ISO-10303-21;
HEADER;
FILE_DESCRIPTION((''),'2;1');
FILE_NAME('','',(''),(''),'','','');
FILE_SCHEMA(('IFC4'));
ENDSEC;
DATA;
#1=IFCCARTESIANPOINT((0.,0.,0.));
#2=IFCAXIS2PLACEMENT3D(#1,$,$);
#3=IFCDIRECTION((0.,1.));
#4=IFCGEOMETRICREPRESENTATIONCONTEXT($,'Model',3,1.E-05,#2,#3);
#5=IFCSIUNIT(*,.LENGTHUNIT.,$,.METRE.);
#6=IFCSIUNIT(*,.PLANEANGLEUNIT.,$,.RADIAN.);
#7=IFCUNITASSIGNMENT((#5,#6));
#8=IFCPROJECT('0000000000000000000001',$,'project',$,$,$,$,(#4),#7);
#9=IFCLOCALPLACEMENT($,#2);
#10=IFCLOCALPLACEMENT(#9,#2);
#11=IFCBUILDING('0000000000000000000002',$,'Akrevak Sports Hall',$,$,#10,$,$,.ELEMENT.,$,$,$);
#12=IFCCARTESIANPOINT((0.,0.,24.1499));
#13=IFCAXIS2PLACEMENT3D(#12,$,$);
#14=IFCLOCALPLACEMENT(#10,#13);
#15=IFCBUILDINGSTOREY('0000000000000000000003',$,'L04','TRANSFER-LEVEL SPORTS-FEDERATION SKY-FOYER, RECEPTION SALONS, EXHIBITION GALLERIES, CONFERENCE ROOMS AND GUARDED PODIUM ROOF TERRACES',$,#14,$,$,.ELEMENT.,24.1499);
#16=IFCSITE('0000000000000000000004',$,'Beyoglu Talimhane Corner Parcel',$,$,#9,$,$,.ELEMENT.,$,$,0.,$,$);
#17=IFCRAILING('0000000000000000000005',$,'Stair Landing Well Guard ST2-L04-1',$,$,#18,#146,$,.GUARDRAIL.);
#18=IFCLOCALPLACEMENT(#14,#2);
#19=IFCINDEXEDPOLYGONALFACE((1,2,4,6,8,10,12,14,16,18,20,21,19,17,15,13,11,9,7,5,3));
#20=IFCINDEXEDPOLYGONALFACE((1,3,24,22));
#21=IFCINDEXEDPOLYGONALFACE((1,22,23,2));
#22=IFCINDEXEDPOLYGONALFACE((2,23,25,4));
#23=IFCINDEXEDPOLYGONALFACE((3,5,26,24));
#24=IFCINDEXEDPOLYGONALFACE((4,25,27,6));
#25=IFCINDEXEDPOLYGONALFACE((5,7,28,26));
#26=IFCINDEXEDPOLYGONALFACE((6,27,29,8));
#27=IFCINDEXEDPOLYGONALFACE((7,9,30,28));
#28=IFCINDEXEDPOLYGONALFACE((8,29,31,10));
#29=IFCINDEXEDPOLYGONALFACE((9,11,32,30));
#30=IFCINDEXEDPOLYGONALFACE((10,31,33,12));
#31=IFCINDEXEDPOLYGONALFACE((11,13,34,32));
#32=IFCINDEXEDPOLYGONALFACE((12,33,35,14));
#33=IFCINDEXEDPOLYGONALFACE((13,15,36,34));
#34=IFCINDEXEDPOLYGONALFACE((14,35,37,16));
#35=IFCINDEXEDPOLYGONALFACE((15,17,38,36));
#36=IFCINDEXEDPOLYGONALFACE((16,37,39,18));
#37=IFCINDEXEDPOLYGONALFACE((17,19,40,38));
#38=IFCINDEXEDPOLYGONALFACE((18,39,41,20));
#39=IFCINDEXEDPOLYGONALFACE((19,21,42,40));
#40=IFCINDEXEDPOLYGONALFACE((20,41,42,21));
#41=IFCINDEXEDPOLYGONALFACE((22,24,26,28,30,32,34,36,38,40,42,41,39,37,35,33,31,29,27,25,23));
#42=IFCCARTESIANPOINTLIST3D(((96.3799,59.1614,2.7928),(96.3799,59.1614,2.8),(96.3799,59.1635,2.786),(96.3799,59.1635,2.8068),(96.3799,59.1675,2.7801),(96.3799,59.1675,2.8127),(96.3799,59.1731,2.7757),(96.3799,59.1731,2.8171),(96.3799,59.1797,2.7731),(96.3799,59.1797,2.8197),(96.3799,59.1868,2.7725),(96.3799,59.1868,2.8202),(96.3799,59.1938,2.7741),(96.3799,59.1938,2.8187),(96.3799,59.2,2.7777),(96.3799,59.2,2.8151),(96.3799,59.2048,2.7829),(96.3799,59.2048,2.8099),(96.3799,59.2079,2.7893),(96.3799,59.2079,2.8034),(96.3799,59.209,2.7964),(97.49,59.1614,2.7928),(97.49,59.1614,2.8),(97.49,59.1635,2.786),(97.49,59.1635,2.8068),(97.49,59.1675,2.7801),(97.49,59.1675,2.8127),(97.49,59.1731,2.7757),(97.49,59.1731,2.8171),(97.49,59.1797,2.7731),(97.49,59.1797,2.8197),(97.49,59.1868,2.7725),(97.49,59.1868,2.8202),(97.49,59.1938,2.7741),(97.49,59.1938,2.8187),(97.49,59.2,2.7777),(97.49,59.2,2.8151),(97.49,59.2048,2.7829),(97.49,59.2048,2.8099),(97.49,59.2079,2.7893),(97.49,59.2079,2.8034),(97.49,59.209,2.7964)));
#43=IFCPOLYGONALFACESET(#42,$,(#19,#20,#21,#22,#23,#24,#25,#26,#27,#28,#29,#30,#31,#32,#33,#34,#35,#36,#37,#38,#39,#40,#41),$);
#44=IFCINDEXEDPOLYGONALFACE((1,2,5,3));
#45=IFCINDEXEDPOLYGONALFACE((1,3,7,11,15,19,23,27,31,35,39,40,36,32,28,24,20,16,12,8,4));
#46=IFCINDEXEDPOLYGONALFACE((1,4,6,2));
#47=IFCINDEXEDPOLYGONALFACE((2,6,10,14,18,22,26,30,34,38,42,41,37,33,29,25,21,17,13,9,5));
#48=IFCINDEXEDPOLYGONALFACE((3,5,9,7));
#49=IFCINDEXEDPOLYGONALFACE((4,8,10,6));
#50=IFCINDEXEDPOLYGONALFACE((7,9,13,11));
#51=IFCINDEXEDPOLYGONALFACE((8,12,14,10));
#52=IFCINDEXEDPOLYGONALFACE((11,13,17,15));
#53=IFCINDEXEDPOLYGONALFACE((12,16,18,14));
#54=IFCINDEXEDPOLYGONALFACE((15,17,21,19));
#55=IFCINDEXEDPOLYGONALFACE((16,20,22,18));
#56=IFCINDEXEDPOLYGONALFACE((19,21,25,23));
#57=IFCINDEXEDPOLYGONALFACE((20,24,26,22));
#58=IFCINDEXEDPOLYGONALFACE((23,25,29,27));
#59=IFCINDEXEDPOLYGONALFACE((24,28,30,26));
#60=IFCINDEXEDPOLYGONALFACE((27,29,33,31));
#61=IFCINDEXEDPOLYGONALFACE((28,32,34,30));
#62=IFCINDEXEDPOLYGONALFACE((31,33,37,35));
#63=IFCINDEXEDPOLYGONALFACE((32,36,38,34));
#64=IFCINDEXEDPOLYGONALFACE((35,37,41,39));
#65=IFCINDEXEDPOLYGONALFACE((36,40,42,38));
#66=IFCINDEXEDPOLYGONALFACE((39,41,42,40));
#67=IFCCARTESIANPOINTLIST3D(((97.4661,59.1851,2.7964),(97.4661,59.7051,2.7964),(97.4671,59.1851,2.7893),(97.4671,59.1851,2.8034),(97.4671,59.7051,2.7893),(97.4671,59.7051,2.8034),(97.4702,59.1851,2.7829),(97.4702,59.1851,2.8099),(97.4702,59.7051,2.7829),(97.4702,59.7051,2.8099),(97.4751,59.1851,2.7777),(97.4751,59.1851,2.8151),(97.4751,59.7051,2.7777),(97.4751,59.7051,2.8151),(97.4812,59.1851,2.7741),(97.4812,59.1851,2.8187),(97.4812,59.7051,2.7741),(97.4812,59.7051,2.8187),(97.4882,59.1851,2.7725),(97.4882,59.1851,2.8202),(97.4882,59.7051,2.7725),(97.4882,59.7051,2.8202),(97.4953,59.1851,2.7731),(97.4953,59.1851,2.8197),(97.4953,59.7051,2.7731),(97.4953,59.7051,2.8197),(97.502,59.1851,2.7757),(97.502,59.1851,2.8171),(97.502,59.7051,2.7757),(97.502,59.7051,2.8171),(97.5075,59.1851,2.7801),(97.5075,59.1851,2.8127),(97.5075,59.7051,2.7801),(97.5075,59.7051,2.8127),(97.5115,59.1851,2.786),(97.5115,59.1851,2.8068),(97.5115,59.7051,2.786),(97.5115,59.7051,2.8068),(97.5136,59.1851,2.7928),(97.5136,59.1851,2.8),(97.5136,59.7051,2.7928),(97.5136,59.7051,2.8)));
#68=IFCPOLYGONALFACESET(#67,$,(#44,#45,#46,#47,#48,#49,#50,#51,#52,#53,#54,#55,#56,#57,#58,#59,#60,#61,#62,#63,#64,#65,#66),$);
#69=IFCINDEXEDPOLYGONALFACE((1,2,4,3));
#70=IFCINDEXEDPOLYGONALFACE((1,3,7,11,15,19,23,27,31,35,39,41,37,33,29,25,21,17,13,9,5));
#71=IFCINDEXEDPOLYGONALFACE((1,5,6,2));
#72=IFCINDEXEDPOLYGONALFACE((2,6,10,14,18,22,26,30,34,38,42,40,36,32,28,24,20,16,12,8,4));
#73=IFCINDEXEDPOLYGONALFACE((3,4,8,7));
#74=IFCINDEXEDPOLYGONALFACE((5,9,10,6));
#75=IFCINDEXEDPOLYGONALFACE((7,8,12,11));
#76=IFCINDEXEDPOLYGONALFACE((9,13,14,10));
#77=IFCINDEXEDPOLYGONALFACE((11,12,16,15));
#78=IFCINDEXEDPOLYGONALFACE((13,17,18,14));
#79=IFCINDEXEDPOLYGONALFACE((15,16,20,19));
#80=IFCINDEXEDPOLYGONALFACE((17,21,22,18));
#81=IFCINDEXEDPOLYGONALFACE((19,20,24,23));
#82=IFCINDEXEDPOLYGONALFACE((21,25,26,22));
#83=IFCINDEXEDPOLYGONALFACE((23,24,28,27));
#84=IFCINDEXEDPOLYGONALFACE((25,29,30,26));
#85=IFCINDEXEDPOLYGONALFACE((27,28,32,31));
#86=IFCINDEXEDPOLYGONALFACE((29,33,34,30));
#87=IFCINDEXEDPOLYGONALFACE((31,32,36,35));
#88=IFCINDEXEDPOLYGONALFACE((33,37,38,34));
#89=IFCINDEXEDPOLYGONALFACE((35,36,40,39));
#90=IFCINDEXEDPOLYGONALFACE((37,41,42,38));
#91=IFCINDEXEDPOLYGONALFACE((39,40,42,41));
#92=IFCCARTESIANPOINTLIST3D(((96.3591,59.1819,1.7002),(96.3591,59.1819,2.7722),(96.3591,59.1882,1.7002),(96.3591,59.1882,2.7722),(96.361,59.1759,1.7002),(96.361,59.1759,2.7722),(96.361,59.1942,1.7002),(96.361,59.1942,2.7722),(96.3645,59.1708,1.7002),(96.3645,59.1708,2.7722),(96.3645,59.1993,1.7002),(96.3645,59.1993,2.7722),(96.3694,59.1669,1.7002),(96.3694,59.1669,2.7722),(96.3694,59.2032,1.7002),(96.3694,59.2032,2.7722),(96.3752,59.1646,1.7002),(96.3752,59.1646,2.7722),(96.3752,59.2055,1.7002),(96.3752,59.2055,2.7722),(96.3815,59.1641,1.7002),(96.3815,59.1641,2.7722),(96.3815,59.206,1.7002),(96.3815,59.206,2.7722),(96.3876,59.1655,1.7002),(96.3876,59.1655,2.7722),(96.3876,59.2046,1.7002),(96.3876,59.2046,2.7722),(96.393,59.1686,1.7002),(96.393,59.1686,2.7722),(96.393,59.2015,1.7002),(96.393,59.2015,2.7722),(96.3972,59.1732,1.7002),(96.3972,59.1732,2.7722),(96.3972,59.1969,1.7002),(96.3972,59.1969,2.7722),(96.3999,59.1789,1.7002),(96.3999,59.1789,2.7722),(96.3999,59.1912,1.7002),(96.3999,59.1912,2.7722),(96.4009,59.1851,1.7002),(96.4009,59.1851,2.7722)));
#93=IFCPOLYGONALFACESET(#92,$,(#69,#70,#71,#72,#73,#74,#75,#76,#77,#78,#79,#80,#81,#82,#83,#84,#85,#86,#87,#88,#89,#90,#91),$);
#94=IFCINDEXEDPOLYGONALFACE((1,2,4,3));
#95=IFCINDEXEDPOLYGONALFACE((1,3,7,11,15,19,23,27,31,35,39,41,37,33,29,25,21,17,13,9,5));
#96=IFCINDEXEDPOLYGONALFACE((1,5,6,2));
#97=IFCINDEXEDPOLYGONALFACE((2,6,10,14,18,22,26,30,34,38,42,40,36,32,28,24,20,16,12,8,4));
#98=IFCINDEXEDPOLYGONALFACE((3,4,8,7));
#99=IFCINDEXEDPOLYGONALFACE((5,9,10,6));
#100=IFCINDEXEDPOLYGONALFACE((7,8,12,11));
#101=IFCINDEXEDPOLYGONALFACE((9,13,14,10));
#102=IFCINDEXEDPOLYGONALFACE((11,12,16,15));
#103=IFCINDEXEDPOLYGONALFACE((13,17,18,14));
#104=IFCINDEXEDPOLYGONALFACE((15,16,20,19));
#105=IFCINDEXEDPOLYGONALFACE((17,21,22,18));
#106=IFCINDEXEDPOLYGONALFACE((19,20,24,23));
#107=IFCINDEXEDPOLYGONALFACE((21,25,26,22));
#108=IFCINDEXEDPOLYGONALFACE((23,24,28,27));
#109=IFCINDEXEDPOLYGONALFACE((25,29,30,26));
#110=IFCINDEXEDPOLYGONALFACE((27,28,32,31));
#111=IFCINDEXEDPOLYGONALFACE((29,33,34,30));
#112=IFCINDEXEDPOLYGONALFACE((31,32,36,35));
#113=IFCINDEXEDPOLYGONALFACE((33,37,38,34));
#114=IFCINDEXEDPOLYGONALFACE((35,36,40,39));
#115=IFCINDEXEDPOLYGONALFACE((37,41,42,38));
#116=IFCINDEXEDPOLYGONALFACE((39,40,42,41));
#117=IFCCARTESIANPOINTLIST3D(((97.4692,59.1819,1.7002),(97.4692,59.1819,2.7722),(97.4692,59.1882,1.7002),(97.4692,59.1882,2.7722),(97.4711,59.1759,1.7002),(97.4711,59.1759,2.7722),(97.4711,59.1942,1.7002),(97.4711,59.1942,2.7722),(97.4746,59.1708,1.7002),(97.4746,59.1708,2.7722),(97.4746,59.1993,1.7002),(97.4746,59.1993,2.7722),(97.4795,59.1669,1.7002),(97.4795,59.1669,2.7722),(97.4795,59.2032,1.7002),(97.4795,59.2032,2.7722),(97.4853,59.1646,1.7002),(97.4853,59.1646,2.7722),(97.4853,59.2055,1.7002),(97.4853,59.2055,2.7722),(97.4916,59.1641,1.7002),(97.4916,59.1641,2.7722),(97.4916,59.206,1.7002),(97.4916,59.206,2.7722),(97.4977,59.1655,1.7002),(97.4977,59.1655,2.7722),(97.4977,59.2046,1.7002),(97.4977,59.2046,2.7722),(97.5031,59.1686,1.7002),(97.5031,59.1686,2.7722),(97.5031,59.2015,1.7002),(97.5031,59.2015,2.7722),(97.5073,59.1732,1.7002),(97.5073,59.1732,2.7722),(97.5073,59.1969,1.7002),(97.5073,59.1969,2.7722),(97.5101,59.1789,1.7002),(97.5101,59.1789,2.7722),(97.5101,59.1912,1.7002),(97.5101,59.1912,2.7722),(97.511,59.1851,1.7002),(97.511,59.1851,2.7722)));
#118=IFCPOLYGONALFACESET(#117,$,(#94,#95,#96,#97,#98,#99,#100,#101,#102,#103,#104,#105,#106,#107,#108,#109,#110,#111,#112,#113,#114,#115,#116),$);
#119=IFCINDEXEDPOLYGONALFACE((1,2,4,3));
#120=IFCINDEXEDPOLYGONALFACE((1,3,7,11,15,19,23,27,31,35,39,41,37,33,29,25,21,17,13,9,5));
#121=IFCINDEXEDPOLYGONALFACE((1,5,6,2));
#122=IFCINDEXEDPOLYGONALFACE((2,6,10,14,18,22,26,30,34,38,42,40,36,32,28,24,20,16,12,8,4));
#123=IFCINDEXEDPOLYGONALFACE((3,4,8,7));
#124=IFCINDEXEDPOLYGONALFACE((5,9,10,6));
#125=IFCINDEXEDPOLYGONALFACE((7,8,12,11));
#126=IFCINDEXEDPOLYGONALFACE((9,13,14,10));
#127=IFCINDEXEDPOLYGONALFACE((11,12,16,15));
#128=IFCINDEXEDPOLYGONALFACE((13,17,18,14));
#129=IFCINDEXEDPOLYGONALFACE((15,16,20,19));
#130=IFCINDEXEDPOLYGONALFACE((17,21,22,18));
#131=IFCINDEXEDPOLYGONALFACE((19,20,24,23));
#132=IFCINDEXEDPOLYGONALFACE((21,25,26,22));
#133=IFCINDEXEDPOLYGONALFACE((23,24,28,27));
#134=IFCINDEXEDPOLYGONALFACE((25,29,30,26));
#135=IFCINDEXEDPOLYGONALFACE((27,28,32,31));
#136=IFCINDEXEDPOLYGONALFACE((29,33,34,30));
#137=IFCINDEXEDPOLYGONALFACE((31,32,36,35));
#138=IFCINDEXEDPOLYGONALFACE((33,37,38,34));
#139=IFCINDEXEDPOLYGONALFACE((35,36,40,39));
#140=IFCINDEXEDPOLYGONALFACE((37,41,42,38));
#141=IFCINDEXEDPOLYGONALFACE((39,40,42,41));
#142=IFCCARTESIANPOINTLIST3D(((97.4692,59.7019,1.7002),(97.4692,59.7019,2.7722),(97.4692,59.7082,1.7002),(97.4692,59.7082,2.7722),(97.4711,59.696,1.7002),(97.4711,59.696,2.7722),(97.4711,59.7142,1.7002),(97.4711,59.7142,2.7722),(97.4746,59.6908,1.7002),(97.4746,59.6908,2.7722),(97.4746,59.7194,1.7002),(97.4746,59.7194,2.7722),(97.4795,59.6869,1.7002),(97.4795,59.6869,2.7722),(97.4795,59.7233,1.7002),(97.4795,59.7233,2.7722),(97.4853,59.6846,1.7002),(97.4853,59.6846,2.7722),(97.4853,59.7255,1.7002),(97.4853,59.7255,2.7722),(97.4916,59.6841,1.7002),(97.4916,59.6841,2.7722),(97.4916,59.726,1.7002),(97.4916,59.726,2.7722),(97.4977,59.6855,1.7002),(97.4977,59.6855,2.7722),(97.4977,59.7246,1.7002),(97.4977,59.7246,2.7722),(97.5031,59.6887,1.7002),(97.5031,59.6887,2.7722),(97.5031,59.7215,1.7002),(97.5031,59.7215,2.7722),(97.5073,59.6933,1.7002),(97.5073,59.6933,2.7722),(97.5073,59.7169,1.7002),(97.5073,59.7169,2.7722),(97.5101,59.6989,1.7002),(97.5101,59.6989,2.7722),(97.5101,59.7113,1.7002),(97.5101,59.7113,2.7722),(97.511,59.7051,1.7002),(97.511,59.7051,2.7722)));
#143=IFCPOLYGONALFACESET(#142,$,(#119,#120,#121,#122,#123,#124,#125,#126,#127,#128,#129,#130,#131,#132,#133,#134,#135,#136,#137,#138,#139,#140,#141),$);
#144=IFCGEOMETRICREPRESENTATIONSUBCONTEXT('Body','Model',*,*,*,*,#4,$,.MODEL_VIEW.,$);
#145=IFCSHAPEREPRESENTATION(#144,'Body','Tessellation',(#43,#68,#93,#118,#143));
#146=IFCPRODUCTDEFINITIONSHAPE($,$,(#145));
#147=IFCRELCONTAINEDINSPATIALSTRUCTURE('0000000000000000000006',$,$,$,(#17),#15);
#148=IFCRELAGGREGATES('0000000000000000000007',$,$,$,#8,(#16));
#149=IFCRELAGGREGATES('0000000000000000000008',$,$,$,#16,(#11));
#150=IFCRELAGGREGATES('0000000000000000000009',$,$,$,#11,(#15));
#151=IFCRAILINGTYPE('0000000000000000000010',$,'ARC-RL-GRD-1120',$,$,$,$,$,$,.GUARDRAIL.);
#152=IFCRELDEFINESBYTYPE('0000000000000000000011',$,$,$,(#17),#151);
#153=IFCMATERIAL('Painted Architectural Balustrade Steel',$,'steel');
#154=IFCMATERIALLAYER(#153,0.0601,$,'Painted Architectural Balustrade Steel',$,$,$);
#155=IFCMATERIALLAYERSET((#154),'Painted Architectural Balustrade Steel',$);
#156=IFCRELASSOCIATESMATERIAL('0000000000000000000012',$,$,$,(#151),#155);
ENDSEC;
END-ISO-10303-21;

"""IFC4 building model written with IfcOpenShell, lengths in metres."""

from ifc_helpers import new_model, si_unit, direction, frame, origin, origin_2d, place, context, subcontext, project, spatial, circle, extrude, material, layer, layer_set, type_object, element, save


model = new_model("IFC4")

# Units and contexts
model_context = context("Model", 3, precision=1e-05, world=origin(), true_north=direction((0.0, 1.0)))
body_context = subcontext(model_context, "Body", "Model", "MODEL_VIEW")
ifc_project = project(units=[si_unit("LENGTHUNIT", "METRE"), si_unit("PLANEANGLEUNIT", "RADIAN")], contexts=[model_context])

# Site, building, storey
site_placement = place(None, origin())
site = spatial("IfcSite", under=ifc_project, at=site_placement, Name="Beyoglu Talimhane Corner Parcel", CompositionType="ELEMENT", RefElevation=0.0)
building_placement = place(site_placement, origin())
building = spatial("IfcBuilding", under=site, at=building_placement, Name="Akrevak Sports Hall", CompositionType="ELEMENT")
storey_placement = place(building_placement, frame((0.0, 0.0, 24.1499)))
storey = spatial("IfcBuildingStorey", under=building, at=storey_placement, Name="L04", Description="TRANSFER-LEVEL SPORTS-FEDERATION SKY-FOYER, RECEPTION SALONS, EXHIBITION GALLERIES, CONFERENCE ROOMS AND GUARDED PODIUM ROOF TERRACES", CompositionType="ELEMENT", Elevation=24.1499)

# Railing
ifc_material_1 = material(Name="Painted Architectural Balustrade Steel", Category="steel")
ifc_layer_1 = layer(ifc_material_1, 0.0601, Name="Painted Architectural Balustrade Steel")
ifc_layer_set_1 = layer_set([ifc_layer_1], Name="Painted Architectural Balustrade Steel")
railing_type_1 = type_object("IfcRailingType", Name="ARC-RL-GRD-1120", PredefinedType="GUARDRAIL", material=ifc_layer_set_1)
for number, where, name in (
    (1, (96.3799, 59.1851, 1.7002), "Stair Landing Well Guard ST2-L04-1"),
):
    element("IfcRailing", number, at=place(storey_placement, frame(where)), inside=storey, type_object=railing_type_1, Name=name, PredefinedType="GUARDRAIL", context=body_context, shape_type="SweptSolid", body=[
        extrude(circle(Radius=0.0239, at=origin_2d()), frame((0.0, 0.0, 1.0962), z_axis=(1.0, 0.0, 0.0), x_axis=(0.0, 1.0, 0.0)), (0.0, 0.0, 1.0), 1.1101),
        extrude(circle(Radius=0.0239, at=origin_2d()), frame((1.1101, 0.0, 1.0962), z_axis=(0.0, 1.0, 0.0), x_axis=(-1.0, 0.0, 0.0)), (0.0, 0.0, 1.0), 0.52),
        extrude(circle(Radius=0.021, at=origin_2d()), origin(), (0.0, 0.0, 1.0), 1.072),
        extrude(circle(Radius=0.021, at=origin_2d()), frame((1.1101, 0.0, 0.0)), (0.0, 0.0, 1.0), 1.072),
        extrude(circle(Radius=0.021, at=origin_2d()), frame((1.1101, 0.52, 0.0)), (0.0, 0.0, 1.0), 1.072),
    ])

save(model, "model.ifc")
